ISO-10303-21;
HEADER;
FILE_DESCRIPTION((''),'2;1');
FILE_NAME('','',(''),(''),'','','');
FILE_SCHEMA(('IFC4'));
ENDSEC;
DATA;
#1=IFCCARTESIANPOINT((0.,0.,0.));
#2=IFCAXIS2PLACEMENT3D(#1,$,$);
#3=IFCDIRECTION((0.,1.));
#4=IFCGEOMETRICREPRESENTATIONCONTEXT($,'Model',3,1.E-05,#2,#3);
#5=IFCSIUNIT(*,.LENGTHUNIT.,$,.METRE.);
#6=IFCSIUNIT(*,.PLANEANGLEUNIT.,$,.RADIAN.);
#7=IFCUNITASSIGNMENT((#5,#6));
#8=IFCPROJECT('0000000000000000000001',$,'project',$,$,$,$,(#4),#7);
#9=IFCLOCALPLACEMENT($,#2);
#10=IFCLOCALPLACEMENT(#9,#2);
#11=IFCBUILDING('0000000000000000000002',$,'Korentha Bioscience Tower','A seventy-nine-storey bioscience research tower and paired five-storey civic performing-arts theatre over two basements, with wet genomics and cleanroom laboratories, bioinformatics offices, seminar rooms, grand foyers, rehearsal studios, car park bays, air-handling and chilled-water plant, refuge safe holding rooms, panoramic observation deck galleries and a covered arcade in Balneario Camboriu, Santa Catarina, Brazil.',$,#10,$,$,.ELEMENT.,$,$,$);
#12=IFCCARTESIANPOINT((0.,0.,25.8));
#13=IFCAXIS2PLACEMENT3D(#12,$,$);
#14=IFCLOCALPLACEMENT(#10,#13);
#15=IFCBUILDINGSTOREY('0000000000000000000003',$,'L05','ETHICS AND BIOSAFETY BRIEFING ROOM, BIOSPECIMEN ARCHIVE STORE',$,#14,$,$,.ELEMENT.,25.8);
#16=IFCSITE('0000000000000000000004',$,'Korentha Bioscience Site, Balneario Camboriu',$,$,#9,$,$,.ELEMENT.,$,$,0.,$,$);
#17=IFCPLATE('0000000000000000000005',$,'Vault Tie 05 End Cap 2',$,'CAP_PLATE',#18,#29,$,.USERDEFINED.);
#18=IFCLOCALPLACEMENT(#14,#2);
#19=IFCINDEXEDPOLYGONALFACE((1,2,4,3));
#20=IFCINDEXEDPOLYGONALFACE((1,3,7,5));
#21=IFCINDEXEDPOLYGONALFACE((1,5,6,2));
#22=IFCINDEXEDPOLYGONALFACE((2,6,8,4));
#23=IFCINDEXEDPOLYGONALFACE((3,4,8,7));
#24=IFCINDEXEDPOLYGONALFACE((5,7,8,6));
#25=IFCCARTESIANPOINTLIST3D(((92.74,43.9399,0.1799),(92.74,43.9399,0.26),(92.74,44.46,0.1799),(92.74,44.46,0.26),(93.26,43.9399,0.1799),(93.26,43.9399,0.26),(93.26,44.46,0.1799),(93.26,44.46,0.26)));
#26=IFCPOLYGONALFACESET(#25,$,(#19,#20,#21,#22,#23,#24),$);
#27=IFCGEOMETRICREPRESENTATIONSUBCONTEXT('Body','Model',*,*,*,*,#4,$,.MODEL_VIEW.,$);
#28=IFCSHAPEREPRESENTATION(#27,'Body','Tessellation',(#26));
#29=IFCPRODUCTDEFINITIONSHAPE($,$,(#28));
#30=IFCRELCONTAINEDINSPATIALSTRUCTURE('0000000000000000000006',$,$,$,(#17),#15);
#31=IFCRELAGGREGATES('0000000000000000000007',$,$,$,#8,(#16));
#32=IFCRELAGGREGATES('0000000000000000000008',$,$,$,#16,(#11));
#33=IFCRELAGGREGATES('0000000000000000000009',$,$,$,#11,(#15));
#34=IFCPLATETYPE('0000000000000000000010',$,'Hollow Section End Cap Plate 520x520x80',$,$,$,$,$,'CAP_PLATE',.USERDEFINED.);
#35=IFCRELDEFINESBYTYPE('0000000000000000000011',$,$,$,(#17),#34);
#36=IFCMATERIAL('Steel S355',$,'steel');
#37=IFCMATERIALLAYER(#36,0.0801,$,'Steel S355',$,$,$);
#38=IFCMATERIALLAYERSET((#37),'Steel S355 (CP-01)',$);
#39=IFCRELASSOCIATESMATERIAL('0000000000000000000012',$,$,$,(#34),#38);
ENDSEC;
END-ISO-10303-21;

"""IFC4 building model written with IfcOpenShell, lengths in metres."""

from ifc_helpers import new_model, si_unit, direction, frame, origin, origin_2d, place, context, subcontext, project, spatial, rectangle, extrude, material, layer, layer_set, type_object, element, save


model = new_model("IFC4")

# Units and contexts
model_context = context("Model", 3, precision=1e-05, world=origin(), true_north=direction((0.0, 1.0)))
body_context = subcontext(model_context, "Body", "Model", "MODEL_VIEW")
ifc_project = project(units=[si_unit("LENGTHUNIT", "METRE"), si_unit("PLANEANGLEUNIT", "RADIAN")], contexts=[model_context])

# Site, building, storey
site_placement = place(None, origin())
site = spatial("IfcSite", under=ifc_project, at=site_placement, Name="Korentha Bioscience Site, Balneario Camboriu", CompositionType="ELEMENT", RefElevation=0.0)
building_placement = place(site_placement, origin())
building = spatial("IfcBuilding", under=site, at=building_placement, Name="Korentha Bioscience Tower", Description="A seventy-nine-storey bioscience research tower and paired five-storey civic performing-arts theatre over two basements, with wet genomics and cleanroom laboratories, bioinformatics offices, seminar rooms, grand foyers, rehearsal studios, car park bays, air-handling and chilled-water plant, refuge safe holding rooms, panoramic observation deck galleries and a covered arcade in Balneario Camboriu, Santa Catarina, Brazil.", CompositionType="ELEMENT")
storey_placement = place(building_placement, frame((0.0, 0.0, 25.8)))
storey = spatial("IfcBuildingStorey", under=building, at=storey_placement, Name="L05", Description="ETHICS AND BIOSAFETY BRIEFING ROOM, BIOSPECIMEN ARCHIVE STORE", CompositionType="ELEMENT", Elevation=25.8)

# Shared definitions
ifc_material = material(Name="Steel S355", Category="steel")

# Plate
ifc_layer_1 = layer(ifc_material, 0.0801, Name="Steel S355")
ifc_layer_set_1 = layer_set([ifc_layer_1], Name="Steel S355 (CP-01)")
plate_type_1 = type_object("IfcPlateType", Name="Hollow Section End Cap Plate 520x520x80", ElementType="CAP_PLATE", PredefinedType="USERDEFINED", material=ifc_layer_set_1)
for number, where, z_axis, x_axis, name in (
    (1, (93.0, 44.2, 0.1799), (0.0, 0.0, 1.0), (0.0, 1.0, 0.0), "Vault Tie 05 End Cap 2"),
):
    element("IfcPlate", number, at=place(storey_placement, frame(where, z_axis=z_axis, x_axis=x_axis)), inside=storey, type_object=plate_type_1, Name=name, ObjectType="CAP_PLATE", PredefinedType="USERDEFINED", context=body_context, shape_type="SweptSolid", body=[
        extrude(rectangle(XDim=0.52, YDim=0.52, at=origin_2d()), origin(), (0.0, 0.0, 1.0), 0.0801),
    ])

save(model, "model.ifc")
